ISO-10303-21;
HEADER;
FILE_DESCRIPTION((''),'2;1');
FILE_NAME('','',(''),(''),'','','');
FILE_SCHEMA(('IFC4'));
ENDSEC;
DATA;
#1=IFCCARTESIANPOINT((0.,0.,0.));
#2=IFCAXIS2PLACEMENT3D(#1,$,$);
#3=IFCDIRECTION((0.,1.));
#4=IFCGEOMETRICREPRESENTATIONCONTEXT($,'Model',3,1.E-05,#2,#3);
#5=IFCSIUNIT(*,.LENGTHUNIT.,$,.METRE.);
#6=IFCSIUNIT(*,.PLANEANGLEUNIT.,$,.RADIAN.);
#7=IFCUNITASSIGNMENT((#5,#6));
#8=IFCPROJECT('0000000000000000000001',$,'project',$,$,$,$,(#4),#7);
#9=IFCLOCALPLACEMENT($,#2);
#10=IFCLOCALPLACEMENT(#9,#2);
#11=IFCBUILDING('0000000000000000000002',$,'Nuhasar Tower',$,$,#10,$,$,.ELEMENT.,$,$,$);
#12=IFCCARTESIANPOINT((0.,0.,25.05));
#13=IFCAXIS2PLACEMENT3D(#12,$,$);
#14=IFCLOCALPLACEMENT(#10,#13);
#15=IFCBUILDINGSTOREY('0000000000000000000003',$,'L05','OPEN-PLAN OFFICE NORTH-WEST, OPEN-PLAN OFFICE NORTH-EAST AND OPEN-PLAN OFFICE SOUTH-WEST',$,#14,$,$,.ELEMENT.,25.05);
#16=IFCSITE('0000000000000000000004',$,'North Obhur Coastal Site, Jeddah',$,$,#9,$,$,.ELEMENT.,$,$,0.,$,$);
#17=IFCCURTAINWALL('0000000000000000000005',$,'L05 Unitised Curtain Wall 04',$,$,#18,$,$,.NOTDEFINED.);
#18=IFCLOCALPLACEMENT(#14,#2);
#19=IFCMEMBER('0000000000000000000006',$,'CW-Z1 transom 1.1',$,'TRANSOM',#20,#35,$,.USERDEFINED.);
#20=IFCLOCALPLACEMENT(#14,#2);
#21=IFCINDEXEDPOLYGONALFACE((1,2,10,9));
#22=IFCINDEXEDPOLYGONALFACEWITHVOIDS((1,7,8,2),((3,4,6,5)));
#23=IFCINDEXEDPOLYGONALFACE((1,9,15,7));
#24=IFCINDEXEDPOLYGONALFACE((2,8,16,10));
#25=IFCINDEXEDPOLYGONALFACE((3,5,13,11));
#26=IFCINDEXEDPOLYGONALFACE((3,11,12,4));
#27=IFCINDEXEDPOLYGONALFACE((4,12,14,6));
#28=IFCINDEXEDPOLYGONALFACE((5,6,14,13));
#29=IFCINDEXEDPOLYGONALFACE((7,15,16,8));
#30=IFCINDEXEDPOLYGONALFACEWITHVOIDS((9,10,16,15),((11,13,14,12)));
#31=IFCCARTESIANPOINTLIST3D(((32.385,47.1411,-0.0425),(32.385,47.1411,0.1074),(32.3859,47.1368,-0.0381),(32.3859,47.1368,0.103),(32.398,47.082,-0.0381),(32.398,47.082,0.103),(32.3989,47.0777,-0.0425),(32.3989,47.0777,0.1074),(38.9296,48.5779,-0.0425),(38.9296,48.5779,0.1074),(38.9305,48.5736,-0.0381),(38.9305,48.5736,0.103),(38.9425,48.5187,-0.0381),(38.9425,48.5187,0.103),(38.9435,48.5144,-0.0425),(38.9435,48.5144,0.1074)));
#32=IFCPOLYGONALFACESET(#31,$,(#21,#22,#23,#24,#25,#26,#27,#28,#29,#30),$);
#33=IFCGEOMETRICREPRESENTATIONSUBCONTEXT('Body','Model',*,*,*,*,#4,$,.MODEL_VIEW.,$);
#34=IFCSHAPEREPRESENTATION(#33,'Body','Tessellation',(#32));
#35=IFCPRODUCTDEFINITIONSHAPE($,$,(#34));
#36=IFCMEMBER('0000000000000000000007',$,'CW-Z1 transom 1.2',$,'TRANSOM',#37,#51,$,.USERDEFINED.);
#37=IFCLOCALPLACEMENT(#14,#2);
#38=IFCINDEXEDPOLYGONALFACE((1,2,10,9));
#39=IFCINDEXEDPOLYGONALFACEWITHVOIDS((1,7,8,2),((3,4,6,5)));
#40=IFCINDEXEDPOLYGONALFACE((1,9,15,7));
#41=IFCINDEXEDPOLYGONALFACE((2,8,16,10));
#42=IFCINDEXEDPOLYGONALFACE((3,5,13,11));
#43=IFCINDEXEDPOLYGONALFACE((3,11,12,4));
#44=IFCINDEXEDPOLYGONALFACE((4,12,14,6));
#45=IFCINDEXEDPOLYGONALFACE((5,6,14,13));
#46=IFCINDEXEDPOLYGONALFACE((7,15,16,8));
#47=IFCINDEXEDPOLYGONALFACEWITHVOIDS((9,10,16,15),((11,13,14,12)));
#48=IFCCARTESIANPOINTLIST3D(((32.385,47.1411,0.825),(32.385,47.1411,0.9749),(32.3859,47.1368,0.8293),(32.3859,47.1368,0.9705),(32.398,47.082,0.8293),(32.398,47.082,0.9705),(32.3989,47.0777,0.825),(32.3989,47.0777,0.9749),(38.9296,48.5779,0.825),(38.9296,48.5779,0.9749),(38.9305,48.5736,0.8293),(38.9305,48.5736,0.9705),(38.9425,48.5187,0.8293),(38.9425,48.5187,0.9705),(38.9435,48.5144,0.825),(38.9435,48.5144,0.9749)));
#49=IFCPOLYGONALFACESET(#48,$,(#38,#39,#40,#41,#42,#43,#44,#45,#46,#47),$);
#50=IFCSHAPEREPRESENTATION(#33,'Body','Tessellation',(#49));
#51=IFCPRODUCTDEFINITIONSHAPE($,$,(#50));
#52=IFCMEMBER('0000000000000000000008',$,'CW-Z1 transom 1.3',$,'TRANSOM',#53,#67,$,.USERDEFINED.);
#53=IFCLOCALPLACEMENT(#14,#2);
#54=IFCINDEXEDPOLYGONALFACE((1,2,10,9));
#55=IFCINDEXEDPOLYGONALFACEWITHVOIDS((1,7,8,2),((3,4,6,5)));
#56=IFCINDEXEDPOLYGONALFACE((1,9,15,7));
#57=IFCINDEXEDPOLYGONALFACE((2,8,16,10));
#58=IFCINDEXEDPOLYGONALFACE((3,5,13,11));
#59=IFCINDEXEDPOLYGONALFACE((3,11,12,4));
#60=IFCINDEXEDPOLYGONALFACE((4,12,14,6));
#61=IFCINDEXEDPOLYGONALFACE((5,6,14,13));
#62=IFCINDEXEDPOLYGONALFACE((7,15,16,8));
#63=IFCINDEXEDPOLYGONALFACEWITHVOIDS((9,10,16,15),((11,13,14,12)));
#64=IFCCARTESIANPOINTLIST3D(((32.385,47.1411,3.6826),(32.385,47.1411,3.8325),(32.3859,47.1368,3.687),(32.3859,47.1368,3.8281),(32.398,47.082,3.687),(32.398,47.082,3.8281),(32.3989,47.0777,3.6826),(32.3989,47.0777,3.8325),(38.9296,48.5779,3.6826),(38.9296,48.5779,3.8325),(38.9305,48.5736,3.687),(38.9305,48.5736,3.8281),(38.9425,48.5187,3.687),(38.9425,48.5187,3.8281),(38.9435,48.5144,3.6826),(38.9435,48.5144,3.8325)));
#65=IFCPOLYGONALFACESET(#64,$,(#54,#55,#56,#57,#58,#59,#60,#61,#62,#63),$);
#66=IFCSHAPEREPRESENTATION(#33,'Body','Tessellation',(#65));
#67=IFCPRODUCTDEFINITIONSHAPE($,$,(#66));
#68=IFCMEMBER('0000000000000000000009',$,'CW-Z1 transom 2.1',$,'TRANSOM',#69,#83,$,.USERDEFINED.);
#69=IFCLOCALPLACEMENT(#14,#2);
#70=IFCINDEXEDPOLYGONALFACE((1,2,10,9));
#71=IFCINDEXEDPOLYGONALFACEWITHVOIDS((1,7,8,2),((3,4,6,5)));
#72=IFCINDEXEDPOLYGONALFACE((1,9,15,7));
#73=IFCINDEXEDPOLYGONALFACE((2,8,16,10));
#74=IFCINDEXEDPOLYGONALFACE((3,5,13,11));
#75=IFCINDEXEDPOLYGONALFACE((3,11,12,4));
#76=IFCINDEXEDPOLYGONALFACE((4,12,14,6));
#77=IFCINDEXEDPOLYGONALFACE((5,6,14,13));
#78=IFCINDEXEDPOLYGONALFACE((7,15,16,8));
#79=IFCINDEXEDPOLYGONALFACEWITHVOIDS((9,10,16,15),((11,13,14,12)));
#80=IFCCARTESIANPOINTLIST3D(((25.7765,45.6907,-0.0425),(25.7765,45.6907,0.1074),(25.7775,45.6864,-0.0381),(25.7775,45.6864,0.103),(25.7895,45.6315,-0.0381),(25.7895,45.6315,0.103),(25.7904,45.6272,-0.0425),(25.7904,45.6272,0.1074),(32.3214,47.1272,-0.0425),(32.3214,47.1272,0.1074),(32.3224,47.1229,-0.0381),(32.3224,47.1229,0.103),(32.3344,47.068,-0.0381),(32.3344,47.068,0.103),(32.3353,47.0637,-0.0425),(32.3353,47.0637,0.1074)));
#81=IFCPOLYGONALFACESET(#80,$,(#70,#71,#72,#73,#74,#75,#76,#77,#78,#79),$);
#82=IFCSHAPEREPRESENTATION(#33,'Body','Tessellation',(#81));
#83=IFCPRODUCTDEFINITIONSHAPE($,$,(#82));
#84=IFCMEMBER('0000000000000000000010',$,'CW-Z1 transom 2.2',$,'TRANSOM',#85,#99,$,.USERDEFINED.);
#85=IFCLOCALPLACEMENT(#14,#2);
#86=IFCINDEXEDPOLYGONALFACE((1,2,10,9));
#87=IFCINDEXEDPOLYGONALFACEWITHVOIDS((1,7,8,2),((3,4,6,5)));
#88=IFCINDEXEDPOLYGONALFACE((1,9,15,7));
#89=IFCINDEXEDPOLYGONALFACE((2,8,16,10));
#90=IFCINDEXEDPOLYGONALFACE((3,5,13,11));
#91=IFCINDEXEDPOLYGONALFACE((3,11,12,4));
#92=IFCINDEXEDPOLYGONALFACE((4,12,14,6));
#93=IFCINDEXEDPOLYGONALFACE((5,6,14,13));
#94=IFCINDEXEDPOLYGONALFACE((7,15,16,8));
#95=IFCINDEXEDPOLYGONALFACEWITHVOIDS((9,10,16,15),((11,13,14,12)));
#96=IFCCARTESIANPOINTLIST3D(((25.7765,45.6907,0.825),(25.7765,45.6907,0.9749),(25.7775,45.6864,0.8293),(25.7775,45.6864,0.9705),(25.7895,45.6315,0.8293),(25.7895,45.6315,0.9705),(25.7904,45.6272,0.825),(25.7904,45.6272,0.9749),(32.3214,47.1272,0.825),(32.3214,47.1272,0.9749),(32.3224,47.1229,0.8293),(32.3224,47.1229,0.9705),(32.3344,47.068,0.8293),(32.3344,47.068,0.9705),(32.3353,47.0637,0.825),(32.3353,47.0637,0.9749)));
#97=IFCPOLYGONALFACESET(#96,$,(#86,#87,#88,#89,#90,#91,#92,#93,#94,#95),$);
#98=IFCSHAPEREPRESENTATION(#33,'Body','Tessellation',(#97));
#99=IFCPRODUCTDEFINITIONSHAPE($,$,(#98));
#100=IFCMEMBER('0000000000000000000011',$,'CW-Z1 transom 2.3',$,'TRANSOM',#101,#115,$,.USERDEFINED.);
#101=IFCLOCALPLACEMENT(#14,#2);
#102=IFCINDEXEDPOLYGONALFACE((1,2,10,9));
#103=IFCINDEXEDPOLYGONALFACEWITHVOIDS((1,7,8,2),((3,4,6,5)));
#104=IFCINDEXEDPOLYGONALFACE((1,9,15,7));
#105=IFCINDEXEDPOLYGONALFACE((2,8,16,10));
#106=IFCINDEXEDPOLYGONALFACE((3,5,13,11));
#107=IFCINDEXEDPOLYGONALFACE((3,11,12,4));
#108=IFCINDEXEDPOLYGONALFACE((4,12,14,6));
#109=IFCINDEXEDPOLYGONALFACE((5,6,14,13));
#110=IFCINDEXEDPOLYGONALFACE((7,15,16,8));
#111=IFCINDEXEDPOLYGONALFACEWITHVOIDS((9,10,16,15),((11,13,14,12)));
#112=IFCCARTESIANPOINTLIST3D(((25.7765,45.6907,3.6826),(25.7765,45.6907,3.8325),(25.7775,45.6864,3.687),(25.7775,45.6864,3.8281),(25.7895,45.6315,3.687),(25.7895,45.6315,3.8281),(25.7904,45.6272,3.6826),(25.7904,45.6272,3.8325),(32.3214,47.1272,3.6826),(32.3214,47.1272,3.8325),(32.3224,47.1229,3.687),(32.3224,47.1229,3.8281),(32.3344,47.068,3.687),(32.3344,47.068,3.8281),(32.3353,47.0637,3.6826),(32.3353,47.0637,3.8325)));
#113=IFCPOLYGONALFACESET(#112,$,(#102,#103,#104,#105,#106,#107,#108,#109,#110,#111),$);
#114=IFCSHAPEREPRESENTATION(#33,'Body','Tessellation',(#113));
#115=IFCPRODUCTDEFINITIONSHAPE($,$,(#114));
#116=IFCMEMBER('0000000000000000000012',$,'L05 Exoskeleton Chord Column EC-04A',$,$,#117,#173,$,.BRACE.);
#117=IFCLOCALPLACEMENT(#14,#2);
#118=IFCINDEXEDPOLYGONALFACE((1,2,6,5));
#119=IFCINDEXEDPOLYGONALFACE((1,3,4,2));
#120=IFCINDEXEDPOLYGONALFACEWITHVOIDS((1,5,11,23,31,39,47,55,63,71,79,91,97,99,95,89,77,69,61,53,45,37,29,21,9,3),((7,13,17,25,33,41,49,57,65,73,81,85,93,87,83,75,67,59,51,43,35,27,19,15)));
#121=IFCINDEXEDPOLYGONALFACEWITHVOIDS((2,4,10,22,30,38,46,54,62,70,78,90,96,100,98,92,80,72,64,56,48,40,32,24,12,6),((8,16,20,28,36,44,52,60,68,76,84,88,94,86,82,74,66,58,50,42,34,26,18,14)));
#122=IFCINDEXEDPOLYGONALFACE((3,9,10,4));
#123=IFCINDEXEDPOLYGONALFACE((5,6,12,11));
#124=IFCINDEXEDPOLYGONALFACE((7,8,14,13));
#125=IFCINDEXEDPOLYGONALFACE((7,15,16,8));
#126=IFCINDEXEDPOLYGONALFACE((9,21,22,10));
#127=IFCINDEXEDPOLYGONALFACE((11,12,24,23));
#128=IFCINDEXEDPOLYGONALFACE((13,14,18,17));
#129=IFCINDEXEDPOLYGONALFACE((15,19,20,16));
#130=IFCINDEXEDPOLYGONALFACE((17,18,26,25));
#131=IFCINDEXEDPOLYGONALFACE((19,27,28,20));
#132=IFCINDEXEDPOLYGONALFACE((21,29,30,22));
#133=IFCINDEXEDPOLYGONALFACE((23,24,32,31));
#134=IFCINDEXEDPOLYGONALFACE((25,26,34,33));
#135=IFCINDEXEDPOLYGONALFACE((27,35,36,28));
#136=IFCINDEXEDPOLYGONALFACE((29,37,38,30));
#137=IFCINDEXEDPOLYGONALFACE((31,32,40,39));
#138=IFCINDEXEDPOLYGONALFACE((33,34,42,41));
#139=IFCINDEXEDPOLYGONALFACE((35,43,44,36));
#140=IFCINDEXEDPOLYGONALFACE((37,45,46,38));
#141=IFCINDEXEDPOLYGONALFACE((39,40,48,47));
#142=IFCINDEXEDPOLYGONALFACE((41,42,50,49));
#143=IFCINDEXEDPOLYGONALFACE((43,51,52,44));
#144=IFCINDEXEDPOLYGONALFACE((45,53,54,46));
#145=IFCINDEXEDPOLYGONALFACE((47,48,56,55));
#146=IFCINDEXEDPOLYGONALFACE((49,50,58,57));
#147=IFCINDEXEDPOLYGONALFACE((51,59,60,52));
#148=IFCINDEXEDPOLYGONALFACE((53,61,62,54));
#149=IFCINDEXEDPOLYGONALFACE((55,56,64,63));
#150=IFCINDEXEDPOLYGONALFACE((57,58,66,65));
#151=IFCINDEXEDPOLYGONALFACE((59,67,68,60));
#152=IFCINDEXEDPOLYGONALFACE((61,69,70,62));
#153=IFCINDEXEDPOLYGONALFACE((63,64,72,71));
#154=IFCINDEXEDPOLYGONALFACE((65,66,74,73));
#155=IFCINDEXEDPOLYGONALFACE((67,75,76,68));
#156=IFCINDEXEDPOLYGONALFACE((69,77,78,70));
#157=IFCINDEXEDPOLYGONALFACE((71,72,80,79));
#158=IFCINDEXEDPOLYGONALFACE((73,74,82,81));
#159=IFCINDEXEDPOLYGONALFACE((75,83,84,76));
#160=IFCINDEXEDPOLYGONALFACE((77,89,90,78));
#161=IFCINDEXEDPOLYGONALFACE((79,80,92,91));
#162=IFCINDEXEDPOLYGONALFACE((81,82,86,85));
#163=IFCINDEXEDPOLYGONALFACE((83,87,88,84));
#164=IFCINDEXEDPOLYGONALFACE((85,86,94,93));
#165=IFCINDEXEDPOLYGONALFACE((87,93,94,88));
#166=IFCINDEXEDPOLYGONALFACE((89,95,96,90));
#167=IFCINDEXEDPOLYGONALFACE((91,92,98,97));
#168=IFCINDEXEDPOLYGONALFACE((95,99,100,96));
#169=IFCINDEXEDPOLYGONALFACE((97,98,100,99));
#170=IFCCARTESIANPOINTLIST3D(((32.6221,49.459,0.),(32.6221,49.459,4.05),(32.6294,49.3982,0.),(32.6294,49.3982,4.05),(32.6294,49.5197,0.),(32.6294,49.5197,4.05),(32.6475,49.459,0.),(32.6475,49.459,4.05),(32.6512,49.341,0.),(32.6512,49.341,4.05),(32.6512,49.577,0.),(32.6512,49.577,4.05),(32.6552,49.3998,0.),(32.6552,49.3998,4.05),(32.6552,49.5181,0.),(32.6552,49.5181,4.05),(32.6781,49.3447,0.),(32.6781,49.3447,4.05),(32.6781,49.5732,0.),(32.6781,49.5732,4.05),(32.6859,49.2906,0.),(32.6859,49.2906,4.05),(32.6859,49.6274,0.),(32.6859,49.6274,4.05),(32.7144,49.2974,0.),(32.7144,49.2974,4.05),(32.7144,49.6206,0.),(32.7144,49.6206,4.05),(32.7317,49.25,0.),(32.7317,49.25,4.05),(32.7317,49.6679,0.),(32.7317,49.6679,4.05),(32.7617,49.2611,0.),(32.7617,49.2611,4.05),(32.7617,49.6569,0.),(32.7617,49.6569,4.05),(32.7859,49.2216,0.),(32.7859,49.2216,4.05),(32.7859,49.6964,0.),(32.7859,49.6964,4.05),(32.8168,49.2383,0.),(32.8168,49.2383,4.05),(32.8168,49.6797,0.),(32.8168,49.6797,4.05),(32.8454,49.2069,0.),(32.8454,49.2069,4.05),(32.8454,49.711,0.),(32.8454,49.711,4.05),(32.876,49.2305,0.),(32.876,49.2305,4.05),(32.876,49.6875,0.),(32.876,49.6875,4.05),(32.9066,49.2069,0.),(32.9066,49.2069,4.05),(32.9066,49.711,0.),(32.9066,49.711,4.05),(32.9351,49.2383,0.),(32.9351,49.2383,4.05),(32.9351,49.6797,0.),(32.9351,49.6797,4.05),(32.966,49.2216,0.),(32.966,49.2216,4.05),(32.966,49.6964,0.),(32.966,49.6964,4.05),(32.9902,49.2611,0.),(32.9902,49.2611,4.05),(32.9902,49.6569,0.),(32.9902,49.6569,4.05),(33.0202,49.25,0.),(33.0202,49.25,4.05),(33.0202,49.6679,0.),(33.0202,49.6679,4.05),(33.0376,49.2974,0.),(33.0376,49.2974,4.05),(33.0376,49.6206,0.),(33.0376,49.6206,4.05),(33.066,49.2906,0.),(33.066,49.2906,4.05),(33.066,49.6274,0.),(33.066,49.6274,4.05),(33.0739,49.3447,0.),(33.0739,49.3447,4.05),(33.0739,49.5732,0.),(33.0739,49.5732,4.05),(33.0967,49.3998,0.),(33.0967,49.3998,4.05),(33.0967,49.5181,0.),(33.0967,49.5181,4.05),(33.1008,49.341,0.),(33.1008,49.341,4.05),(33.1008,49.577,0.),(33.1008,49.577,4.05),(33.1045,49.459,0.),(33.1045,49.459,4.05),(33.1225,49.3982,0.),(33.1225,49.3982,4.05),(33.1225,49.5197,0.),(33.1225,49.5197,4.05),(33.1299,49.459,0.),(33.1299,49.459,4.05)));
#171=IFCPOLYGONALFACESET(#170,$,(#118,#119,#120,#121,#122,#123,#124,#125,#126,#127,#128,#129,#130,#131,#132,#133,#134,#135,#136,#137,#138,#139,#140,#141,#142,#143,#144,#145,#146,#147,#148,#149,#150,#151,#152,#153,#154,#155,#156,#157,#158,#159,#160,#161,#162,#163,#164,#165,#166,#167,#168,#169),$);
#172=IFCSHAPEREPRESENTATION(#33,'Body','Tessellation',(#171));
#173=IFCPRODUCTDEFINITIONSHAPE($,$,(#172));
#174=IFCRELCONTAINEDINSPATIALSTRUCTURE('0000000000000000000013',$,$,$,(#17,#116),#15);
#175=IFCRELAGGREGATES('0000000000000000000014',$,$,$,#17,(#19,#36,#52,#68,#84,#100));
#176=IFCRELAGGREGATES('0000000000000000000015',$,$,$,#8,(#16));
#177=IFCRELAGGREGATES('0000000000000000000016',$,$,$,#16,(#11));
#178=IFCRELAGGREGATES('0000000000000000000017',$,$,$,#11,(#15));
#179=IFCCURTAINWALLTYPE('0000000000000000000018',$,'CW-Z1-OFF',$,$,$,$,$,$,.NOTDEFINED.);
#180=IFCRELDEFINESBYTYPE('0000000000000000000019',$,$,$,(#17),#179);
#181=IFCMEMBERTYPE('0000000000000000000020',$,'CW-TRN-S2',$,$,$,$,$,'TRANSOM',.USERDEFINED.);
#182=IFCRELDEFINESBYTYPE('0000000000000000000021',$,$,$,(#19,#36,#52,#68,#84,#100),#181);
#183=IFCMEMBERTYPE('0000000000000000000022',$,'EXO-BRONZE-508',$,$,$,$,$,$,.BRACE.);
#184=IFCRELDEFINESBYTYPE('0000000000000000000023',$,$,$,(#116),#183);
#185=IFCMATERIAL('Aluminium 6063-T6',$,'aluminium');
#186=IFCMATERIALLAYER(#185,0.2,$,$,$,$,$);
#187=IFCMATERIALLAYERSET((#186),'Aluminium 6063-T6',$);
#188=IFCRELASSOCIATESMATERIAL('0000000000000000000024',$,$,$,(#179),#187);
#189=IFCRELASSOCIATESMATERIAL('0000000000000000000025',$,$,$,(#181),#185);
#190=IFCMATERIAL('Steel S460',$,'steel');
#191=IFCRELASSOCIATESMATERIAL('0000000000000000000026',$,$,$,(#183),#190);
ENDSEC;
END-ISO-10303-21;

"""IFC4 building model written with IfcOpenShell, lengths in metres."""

from ifc_helpers import new_model, si_unit, direction, frame, origin, origin_2d, place, context, subcontext, project, spatial, hollow_rectangle, hollow_circle, extrude, material, layer, layer_set, material_profile, profile_set, type_object, element, aggregate, save


model = new_model("IFC4")

# Units and contexts
model_context = context("Model", 3, precision=1e-05, world=origin(), true_north=direction((0.0, 1.0)))
body_context = subcontext(model_context, "Body", "Model", "MODEL_VIEW")
ifc_project = project(units=[si_unit("LENGTHUNIT", "METRE"), si_unit("PLANEANGLEUNIT", "RADIAN")], contexts=[model_context])

# Site, building, storey
site_placement = place(None, origin())
site = spatial("IfcSite", under=ifc_project, at=site_placement, Name="North Obhur Coastal Site, Jeddah", CompositionType="ELEMENT", RefElevation=0.0)
building_placement = place(site_placement, origin())
building = spatial("IfcBuilding", under=site, at=building_placement, Name="Nuhasar Tower", CompositionType="ELEMENT")
storey_placement = place(building_placement, frame((0.0, 0.0, 25.05)))
storey = spatial("IfcBuildingStorey", under=building, at=storey_placement, Name="L05", Description="OPEN-PLAN OFFICE NORTH-WEST, OPEN-PLAN OFFICE NORTH-EAST AND OPEN-PLAN OFFICE SOUTH-WEST", CompositionType="ELEMENT", Elevation=25.05)

# Curtain wall, members
ifc_material_1 = material(Name="Aluminium 6063-T6", Category="aluminium")
ifc_layer_1 = layer(ifc_material_1, 0.2)
ifc_layer_set_1 = layer_set([ifc_layer_1], Name="Aluminium 6063-T6")
curtain_wall_type = type_object("IfcCurtainWallType", Name="CW-Z1-OFF", PredefinedType="NOTDEFINED", material=ifc_layer_set_1)
curtain_wall_placement = place(storey_placement, origin())
curtain_wall = element("IfcCurtainWall", 1, at=curtain_wall_placement, inside=storey, type_object=curtain_wall_type, Name="L05 Unitised Curtain Wall 04", PredefinedType="NOTDEFINED")
ifc_material_profile_1 = material_profile(ifc_material_1, hollow_rectangle(XDim=0.0649, YDim=0.1499, WallThickness=0.0044, at=origin_2d()), Name="CWT-2")
ifc_profile_set_1 = profile_set([ifc_material_profile_1], Name="Aluminium 6063-T6")
member_type_1 = type_object("IfcMemberType", Name="CW-TRN-S2", ElementType="TRANSOM", PredefinedType="USERDEFINED", material=ifc_profile_set_1)
member_1_placement = place(storey_placement, frame((38.9365, 48.5461, 0.0325), z_axis=(-0.97674, -0.214426, 0.0), x_axis=(0.214426, -0.97674, 0.0)))
member_1 = element("IfcMember", 2, at=member_1_placement, type_object=member_type_1, Name="CW-Z1 transom 1.1", ObjectType="TRANSOM", PredefinedType="USERDEFINED", context=body_context, shape_type="SweptSolid", body=[
    extrude(hollow_rectangle(XDim=0.0649, YDim=0.1499, WallThickness=0.0044, at=origin_2d()), origin(), (0.0, 0.0, 1.0), 6.7004),
])
member_2_placement = place(storey_placement, frame((38.9365, 48.5461, 0.8999), z_axis=(-0.97674, -0.214426, 0.0), x_axis=(0.214426, -0.97674, 0.0)))
member_2 = element("IfcMember", 3, at=member_2_placement, type_object=member_type_1, Name="CW-Z1 transom 1.2", ObjectType="TRANSOM", PredefinedType="USERDEFINED", context=body_context, shape_type="SweptSolid", body=[
    extrude(hollow_rectangle(XDim=0.0649, YDim=0.1499, WallThickness=0.0044, at=origin_2d()), origin(), (0.0, 0.0, 1.0), 6.7004),
])
member_3_placement = place(storey_placement, frame((38.9365, 48.5461, 3.7576), z_axis=(-0.97674, -0.214426, 0.0), x_axis=(0.214426, -0.97674, 0.0)))
member_3 = element("IfcMember", 4, at=member_3_placement, type_object=member_type_1, Name="CW-Z1 transom 1.3", ObjectType="TRANSOM", PredefinedType="USERDEFINED", context=body_context, shape_type="SweptSolid", body=[
    extrude(hollow_rectangle(XDim=0.0649, YDim=0.1499, WallThickness=0.0044, at=origin_2d()), origin(), (0.0, 0.0, 1.0), 6.7004),
])
member_4_placement = place(storey_placement, frame((32.3284, 47.0955, 0.0325), z_axis=(-0.97675, -0.214384, 0.0), x_axis=(0.214384, -0.97675, 0.0)))
member_4 = element("IfcMember", 5, at=member_4_placement, type_object=member_type_1, Name="CW-Z1 transom 2.1", ObjectType="TRANSOM", PredefinedType="USERDEFINED", context=body_context, shape_type="SweptSolid", body=[
    extrude(hollow_rectangle(XDim=0.0649, YDim=0.1499, WallThickness=0.0044, at=origin_2d()), origin(), (0.0, 0.0, 1.0), 6.7007),
])
member_5_placement = place(storey_placement, frame((32.3284, 47.0955, 0.8999), z_axis=(-0.97675, -0.214384, 0.0), x_axis=(0.214384, -0.97675, 0.0)))
member_5 = element("IfcMember", 6, at=member_5_placement, type_object=member_type_1, Name="CW-Z1 transom 2.2", ObjectType="TRANSOM", PredefinedType="USERDEFINED", context=body_context, shape_type="SweptSolid", body=[
    extrude(hollow_rectangle(XDim=0.0649, YDim=0.1499, WallThickness=0.0044, at=origin_2d()), origin(), (0.0, 0.0, 1.0), 6.7007),
])
member_6_placement = place(storey_placement, frame((32.3284, 47.0955, 3.7576), z_axis=(-0.97675, -0.214384, 0.0), x_axis=(0.214384, -0.97675, 0.0)))
member_6 = element("IfcMember", 7, at=member_6_placement, type_object=member_type_1, Name="CW-Z1 transom 2.3", ObjectType="TRANSOM", PredefinedType="USERDEFINED", context=body_context, shape_type="SweptSolid", body=[
    extrude(hollow_rectangle(XDim=0.0649, YDim=0.1499, WallThickness=0.0044, at=origin_2d()), origin(), (0.0, 0.0, 1.0), 6.7007),
])

# Member
ifc_material_2 = material(Name="Steel S460", Category="steel")
ifc_material_profile_2 = material_profile(ifc_material_2, hollow_circle(Radius=0.2539, WallThickness=0.0254, at=origin_2d()), Name="HSS508X25.4")
ifc_profile_set_2 = profile_set([ifc_material_profile_2], Name="Steel S460")
member_type_2 = type_object("IfcMemberType", Name="EXO-BRONZE-508", PredefinedType="BRACE", material=ifc_profile_set_2)
for number, where, z_axis, x_axis, name in (
    (8, (32.876, 49.459, 0.0), (0.0, 0.0, 1.0), (1.0, 0.0, 0.0), "L05 Exoskeleton Chord Column EC-04A"),
):
    element("IfcMember", number, at=place(storey_placement, frame(where, z_axis=z_axis, x_axis=x_axis)), inside=storey, type_object=member_type_2, Name=name, PredefinedType="BRACE", context=body_context, shape_type="SweptSolid", body=[
        extrude(hollow_circle(Radius=0.2539, WallThickness=0.0254, at=origin_2d()), origin(), (0.0, 0.0, 1.0), 4.05),
    ])

aggregate(curtain_wall, [member_1, member_2, member_3, member_4, member_5, member_6])

save(model, "model.ifc")
